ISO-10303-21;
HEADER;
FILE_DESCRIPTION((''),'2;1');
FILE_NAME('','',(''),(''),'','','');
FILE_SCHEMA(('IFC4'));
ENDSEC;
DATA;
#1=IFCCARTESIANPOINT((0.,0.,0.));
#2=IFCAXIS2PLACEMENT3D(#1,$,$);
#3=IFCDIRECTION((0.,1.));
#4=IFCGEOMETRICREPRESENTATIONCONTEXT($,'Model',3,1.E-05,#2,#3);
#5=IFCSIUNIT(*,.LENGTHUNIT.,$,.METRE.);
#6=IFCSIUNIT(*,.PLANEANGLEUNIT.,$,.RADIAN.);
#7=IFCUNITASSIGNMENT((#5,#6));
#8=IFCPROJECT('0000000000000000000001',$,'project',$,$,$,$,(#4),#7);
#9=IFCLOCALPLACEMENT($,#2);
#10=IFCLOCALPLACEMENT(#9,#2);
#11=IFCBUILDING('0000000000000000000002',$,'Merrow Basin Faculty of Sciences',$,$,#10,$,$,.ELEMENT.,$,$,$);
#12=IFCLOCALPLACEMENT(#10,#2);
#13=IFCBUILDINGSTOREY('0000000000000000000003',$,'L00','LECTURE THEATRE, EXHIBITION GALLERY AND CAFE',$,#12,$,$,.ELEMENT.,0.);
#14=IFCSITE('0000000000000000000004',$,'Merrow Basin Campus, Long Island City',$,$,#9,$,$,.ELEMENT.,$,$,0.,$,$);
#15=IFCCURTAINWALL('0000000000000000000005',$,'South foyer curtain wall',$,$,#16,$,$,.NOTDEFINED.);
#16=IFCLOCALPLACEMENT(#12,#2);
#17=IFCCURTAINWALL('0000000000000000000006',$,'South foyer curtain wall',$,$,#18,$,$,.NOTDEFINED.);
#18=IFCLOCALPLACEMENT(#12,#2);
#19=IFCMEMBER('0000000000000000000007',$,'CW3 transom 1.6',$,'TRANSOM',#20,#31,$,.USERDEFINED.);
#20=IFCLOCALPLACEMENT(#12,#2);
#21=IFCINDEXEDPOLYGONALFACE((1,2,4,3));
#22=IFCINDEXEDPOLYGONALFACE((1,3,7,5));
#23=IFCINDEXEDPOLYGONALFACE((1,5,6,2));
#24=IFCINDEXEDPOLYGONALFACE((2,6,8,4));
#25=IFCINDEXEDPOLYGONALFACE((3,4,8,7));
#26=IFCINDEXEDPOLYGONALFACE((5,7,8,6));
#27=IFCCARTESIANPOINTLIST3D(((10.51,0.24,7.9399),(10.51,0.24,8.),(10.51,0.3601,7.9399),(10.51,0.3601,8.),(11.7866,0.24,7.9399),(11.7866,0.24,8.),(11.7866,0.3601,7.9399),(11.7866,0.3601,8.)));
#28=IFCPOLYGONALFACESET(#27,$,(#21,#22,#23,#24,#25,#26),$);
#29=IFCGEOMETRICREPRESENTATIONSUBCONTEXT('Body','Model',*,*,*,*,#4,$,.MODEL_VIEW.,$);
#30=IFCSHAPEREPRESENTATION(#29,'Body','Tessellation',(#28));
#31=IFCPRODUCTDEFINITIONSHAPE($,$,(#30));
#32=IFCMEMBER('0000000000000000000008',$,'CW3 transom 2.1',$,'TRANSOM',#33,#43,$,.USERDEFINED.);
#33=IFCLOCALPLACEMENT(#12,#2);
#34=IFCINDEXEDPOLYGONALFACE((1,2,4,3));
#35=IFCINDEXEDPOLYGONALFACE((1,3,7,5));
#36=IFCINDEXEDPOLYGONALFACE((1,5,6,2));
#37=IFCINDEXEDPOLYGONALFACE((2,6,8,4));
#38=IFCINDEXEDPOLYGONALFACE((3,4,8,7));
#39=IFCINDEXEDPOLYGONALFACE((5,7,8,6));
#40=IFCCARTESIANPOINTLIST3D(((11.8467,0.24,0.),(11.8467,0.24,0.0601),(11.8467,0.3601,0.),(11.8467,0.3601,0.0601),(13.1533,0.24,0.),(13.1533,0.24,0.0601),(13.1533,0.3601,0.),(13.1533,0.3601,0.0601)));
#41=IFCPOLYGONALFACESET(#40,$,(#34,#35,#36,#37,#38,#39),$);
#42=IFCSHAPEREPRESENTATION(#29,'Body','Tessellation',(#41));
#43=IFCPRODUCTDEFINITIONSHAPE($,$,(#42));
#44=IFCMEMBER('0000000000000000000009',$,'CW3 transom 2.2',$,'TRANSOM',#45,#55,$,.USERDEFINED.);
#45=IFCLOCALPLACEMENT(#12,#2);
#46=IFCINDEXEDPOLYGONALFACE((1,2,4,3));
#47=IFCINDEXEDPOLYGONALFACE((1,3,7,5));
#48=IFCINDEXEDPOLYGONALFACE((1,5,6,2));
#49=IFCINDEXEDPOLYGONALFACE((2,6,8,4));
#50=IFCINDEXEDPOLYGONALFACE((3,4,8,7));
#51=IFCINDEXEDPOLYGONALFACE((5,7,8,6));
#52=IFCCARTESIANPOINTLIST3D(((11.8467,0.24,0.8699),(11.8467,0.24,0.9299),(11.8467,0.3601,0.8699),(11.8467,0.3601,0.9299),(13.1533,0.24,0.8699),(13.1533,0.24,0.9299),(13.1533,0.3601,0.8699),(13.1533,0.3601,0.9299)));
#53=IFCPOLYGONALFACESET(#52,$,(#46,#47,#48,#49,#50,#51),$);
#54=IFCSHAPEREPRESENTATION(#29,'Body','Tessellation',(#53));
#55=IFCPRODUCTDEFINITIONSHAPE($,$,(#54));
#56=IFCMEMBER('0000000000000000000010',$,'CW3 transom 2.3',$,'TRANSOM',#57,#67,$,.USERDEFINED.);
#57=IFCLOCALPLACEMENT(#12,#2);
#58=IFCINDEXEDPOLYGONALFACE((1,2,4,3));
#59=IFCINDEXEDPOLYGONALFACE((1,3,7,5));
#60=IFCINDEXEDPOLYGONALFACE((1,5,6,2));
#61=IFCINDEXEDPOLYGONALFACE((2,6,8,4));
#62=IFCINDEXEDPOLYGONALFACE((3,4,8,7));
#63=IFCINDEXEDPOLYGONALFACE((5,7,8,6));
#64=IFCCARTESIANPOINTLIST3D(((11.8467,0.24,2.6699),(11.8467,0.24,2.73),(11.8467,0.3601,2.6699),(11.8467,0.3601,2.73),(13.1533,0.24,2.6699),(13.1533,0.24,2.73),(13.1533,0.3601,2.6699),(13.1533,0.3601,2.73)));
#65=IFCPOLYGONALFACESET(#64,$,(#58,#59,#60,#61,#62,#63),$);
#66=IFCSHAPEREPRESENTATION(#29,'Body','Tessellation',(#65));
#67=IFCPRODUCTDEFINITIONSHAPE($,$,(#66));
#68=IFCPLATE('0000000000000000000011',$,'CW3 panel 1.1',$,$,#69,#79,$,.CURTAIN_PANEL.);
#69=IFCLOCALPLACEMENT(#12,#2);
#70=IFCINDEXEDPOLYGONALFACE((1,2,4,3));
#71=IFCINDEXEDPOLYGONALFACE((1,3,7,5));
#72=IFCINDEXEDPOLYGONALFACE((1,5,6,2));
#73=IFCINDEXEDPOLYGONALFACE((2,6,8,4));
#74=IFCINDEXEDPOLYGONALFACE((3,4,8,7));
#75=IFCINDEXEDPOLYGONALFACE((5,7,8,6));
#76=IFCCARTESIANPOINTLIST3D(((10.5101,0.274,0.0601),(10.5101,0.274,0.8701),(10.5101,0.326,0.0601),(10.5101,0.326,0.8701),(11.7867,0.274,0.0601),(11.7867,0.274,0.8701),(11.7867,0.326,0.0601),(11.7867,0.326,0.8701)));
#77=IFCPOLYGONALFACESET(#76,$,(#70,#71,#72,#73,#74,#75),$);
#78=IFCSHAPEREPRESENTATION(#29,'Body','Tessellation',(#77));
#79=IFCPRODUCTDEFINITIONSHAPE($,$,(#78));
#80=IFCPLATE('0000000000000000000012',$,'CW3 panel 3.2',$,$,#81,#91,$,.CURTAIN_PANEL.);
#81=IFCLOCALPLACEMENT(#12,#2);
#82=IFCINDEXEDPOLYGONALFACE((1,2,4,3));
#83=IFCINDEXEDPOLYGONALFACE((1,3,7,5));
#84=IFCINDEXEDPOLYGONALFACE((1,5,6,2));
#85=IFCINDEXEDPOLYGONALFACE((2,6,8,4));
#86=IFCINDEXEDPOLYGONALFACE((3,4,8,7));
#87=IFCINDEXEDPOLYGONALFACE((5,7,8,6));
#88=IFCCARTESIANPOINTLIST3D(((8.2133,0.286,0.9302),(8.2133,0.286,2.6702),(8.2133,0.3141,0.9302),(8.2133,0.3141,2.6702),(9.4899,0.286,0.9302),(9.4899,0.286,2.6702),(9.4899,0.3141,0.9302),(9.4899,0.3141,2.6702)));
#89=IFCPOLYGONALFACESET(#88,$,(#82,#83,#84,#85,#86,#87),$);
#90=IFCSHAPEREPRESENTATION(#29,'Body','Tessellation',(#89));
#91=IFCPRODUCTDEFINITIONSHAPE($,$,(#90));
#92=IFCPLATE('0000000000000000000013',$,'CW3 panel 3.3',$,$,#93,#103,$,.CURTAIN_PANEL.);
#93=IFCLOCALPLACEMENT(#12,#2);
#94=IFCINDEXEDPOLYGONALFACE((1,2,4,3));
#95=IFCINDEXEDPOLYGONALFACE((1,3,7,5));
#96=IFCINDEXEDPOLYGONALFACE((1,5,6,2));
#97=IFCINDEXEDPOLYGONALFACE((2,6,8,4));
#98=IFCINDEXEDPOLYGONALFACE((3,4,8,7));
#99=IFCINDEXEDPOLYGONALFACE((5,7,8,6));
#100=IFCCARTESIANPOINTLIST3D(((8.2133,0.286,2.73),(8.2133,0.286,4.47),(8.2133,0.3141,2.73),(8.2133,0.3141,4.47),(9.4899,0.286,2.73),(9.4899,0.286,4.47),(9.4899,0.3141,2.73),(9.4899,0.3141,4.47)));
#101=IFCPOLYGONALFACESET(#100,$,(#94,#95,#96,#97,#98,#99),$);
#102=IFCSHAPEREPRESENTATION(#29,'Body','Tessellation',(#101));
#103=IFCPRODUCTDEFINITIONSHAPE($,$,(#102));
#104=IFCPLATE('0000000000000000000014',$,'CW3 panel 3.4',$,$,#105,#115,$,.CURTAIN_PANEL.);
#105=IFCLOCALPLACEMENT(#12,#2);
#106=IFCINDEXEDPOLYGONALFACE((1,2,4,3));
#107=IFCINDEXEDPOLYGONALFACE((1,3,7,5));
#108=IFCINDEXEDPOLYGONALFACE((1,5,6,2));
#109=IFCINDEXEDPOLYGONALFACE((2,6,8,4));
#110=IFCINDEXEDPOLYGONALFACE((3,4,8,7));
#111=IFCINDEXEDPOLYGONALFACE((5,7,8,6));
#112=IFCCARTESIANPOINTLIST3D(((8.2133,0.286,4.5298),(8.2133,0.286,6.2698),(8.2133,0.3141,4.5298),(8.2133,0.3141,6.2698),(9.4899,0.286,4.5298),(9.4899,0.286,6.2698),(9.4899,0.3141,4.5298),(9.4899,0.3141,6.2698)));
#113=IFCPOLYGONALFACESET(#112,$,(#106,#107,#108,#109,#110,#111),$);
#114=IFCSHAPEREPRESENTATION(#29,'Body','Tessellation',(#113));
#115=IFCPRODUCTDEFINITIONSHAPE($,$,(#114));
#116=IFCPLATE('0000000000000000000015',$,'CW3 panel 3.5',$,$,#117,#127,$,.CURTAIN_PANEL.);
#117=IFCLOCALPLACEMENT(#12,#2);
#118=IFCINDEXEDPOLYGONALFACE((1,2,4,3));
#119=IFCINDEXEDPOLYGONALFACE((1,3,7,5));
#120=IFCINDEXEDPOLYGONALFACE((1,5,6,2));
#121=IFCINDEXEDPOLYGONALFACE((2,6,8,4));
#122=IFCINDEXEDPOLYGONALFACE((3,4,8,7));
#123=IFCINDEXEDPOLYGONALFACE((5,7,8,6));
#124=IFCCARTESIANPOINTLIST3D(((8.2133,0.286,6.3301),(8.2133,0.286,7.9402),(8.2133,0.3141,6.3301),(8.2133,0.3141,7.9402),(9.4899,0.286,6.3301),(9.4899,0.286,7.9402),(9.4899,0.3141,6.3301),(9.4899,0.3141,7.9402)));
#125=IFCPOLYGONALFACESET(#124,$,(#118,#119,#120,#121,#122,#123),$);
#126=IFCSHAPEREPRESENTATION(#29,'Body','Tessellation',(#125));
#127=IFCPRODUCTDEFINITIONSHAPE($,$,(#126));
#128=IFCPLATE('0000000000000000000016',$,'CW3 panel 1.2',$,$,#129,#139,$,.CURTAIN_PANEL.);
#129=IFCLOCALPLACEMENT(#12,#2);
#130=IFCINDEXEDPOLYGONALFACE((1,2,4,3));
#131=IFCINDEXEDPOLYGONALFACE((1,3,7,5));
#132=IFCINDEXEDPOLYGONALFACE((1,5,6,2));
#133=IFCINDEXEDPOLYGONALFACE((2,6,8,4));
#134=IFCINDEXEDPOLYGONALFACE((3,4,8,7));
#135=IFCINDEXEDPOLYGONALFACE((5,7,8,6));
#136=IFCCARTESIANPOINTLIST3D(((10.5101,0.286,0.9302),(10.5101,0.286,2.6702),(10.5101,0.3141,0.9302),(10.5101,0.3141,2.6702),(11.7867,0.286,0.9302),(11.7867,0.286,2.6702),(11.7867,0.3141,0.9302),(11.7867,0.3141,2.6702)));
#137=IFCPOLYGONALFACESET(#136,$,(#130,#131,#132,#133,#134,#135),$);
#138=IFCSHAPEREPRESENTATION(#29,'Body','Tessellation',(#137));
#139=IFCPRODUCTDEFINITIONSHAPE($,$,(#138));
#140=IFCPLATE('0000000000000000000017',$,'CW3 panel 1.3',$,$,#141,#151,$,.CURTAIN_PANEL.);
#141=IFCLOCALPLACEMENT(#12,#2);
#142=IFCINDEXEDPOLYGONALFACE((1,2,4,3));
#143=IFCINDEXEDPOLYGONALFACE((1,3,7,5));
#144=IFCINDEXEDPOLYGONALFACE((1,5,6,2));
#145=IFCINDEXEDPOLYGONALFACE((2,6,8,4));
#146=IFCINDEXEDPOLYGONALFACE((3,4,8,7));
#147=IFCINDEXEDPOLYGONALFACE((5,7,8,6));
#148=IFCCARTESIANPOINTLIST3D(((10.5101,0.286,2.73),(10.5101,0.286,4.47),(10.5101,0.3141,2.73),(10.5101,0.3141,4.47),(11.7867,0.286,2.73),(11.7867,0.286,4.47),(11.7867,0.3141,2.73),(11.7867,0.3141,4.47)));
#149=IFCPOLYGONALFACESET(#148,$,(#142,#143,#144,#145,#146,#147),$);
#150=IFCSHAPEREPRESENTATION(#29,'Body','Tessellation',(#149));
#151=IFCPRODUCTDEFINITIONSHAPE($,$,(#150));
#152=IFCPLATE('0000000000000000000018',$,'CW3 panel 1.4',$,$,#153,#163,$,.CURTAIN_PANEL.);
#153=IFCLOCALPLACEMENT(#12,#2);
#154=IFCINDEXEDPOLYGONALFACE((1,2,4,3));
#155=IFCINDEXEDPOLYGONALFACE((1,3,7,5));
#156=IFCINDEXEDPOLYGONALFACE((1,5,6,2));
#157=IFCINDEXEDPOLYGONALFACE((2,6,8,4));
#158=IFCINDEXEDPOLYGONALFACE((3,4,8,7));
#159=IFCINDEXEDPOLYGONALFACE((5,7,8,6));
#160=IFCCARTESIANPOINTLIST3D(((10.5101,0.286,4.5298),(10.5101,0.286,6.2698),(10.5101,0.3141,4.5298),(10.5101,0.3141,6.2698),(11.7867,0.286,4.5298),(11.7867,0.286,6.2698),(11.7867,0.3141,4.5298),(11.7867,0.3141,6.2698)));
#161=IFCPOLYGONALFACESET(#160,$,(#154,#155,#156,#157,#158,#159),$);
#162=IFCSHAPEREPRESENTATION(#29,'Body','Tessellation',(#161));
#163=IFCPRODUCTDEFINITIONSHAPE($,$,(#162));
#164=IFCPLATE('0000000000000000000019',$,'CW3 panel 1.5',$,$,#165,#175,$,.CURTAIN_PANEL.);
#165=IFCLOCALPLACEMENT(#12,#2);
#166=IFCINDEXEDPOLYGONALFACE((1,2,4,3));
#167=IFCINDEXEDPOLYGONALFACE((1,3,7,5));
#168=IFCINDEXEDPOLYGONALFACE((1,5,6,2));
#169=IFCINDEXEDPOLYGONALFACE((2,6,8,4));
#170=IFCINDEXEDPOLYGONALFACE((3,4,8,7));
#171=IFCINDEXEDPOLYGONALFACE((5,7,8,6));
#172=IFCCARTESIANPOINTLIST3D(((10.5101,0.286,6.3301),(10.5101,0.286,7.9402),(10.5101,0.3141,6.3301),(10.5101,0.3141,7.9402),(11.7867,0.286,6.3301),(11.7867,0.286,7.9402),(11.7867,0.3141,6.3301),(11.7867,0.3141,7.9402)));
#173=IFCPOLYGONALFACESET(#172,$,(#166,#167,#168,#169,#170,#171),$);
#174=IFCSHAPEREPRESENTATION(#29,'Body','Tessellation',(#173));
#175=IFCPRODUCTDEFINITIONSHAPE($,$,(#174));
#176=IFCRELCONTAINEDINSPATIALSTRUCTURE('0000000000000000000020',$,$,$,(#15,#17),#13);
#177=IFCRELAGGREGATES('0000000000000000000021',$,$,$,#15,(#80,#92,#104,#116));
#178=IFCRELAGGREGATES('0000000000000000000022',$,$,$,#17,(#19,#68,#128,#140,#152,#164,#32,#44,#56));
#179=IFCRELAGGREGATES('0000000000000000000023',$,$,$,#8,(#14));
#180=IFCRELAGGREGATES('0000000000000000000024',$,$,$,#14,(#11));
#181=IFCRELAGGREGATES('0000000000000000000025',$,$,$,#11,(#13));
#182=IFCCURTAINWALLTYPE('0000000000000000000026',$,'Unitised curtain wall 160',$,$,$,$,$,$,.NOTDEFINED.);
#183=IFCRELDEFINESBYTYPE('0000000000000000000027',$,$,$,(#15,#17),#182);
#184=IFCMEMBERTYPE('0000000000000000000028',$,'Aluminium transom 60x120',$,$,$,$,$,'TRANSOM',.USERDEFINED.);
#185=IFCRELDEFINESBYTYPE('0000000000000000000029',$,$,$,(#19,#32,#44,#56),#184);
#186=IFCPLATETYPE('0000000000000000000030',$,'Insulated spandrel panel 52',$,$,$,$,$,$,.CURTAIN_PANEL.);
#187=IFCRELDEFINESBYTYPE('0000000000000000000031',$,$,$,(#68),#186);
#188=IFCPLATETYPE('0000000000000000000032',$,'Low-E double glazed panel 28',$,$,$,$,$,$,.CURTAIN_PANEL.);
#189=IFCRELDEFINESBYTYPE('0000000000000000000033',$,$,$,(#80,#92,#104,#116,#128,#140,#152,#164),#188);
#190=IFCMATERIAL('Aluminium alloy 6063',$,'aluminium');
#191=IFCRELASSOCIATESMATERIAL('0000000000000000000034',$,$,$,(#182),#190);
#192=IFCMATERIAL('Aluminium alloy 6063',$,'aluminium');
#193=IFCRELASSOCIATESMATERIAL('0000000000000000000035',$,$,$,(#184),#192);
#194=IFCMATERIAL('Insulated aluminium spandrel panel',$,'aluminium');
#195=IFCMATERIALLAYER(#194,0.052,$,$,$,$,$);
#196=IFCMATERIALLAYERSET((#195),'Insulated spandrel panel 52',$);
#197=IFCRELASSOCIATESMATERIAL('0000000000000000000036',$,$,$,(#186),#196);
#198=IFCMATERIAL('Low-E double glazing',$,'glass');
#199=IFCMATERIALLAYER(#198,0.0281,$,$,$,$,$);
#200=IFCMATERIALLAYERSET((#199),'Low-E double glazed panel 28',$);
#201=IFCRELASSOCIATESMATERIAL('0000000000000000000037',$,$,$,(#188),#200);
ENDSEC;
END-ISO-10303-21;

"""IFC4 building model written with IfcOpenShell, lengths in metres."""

from ifc_helpers import new_model, si_unit, direction, frame, origin, origin_2d, place, context, subcontext, project, spatial, rectangle, extrude, material, layer, layer_set, material_profile, profile_set, type_object, element, aggregate, save


model = new_model("IFC4")

# Units and contexts
model_context = context("Model", 3, precision=1e-05, world=origin(), true_north=direction((0.0, 1.0)))
body_context = subcontext(model_context, "Body", "Model", "MODEL_VIEW")
ifc_project = project(units=[si_unit("LENGTHUNIT", "METRE"), si_unit("PLANEANGLEUNIT", "RADIAN")], contexts=[model_context])

# Site, building, storey
site_placement = place(None, origin())
site = spatial("IfcSite", under=ifc_project, at=site_placement, Name="Merrow Basin Campus, Long Island City", CompositionType="ELEMENT", RefElevation=0.0)
building_placement = place(site_placement, origin())
building = spatial("IfcBuilding", under=site, at=building_placement, Name="Merrow Basin Faculty of Sciences", CompositionType="ELEMENT")
storey_placement = place(building_placement, origin())
storey = spatial("IfcBuildingStorey", under=building, at=storey_placement, Name="L00", Description="LECTURE THEATRE, EXHIBITION GALLERY AND CAFE", CompositionType="ELEMENT", Elevation=0.0)

# Curtain wall
ifc_material_1 = material(Name="Aluminium alloy 6063", Category="aluminium")
curtain_wall_type = type_object("IfcCurtainWallType", Name="Unitised curtain wall 160", PredefinedType="NOTDEFINED", material=ifc_material_1)
curtain_wall_1_placement = place(storey_placement, origin())
curtain_wall_1 = element("IfcCurtainWall", 1, at=curtain_wall_1_placement, inside=storey, type_object=curtain_wall_type, Name="South foyer curtain wall", PredefinedType="NOTDEFINED")

# Curtain wall, members, plate
curtain_wall_2_placement = place(storey_placement, origin())
curtain_wall_2 = element("IfcCurtainWall", 2, at=curtain_wall_2_placement, inside=storey, type_object=curtain_wall_type, Name="South foyer curtain wall", PredefinedType="NOTDEFINED")
ifc_material_2 = material(Name="Aluminium alloy 6063", Category="aluminium")
ifc_material_profile_1 = material_profile(ifc_material_2, rectangle(XDim=0.1201, YDim=0.0601, at=origin_2d()))
ifc_profile_set_1 = profile_set([ifc_material_profile_1], Name="Aluminium alloy 6063")
member_type_1 = type_object("IfcMemberType", Name="Aluminium transom 60x120", ElementType="TRANSOM", PredefinedType="USERDEFINED", material=ifc_profile_set_1)
member_1_placement = place(storey_placement, frame((10.51, 0.3, 7.97), z_axis=(1.0, 0.0, 0.0), x_axis=(0.0, 1.0, 0.0)))
member_1 = element("IfcMember", 3, at=member_1_placement, type_object=member_type_1, Name="CW3 transom 1.6", ObjectType="TRANSOM", PredefinedType="USERDEFINED", context=body_context, shape_type="SweptSolid", body=[
    extrude(rectangle(XDim=0.1201, YDim=0.0601, at=origin_2d()), origin(), (0.0, 0.0, 1.0), 1.2766),
])
member_2_placement = place(storey_placement, frame((11.8467, 0.3, 0.03), z_axis=(1.0, 0.0, 0.0), x_axis=(0.0, 1.0, 0.0)))
member_2 = element("IfcMember", 4, at=member_2_placement, type_object=member_type_1, Name="CW3 transom 2.1", ObjectType="TRANSOM", PredefinedType="USERDEFINED", context=body_context, shape_type="SweptSolid", body=[
    extrude(rectangle(XDim=0.1201, YDim=0.0601, at=origin_2d()), origin(), (0.0, 0.0, 1.0), 1.3066),
])
member_3_placement = place(storey_placement, frame((11.8467, 0.3, 0.8999), z_axis=(1.0, 0.0, 0.0), x_axis=(0.0, 1.0, 0.0)))
member_3 = element("IfcMember", 5, at=member_3_placement, type_object=member_type_1, Name="CW3 transom 2.2", ObjectType="TRANSOM", PredefinedType="USERDEFINED", context=body_context, shape_type="SweptSolid", body=[
    extrude(rectangle(XDim=0.1201, YDim=0.0601, at=origin_2d()), origin(), (0.0, 0.0, 1.0), 1.3066),
])
member_4_placement = place(storey_placement, frame((11.8467, 0.3, 2.7), z_axis=(1.0, 0.0, 0.0), x_axis=(0.0, 1.0, 0.0)))
member_4 = element("IfcMember", 6, at=member_4_placement, type_object=member_type_1, Name="CW3 transom 2.3", ObjectType="TRANSOM", PredefinedType="USERDEFINED", context=body_context, shape_type="SweptSolid", body=[
    extrude(rectangle(XDim=0.1201, YDim=0.0601, at=origin_2d()), origin(), (0.0, 0.0, 1.0), 1.3066),
])
ifc_material_3 = material(Name="Insulated aluminium spandrel panel", Category="aluminium")
ifc_layer_1 = layer(ifc_material_3, 0.052)
ifc_layer_set_1 = layer_set([ifc_layer_1], Name="Insulated spandrel panel 52")
plate_type_1 = type_object("IfcPlateType", Name="Insulated spandrel panel 52", PredefinedType="CURTAIN_PANEL", material=ifc_layer_set_1)
plate_1_placement = place(storey_placement, frame((11.1484, 0.3, 0.0601), z_axis=(0.0, 0.0, 1.0), x_axis=(1.0, 0.0, 0.0)))
plate_1 = element("IfcPlate", 7, at=plate_1_placement, type_object=plate_type_1, Name="CW3 panel 1.1", PredefinedType="CURTAIN_PANEL", context=body_context, shape_type="SweptSolid", body=[
    extrude(rectangle(XDim=1.2766, YDim=0.052, at=origin_2d()), origin(), (0.0, 0.0, 1.0), 0.8101),
])

# Plates
ifc_material_4 = material(Name="Low-E double glazing", Category="glass")
ifc_layer_2 = layer(ifc_material_4, 0.0281)
ifc_layer_set_2 = layer_set([ifc_layer_2], Name="Low-E double glazed panel 28")
plate_type_2 = type_object("IfcPlateType", Name="Low-E double glazed panel 28", PredefinedType="CURTAIN_PANEL", material=ifc_layer_set_2)
plate_2_placement = place(storey_placement, frame((8.8516, 0.3, 0.9302), z_axis=(0.0, 0.0, 1.0), x_axis=(1.0, 0.0, 0.0)))
plate_2 = element("IfcPlate", 8, at=plate_2_placement, type_object=plate_type_2, Name="CW3 panel 3.2", PredefinedType="CURTAIN_PANEL", context=body_context, shape_type="SweptSolid", body=[
    extrude(rectangle(XDim=1.2766, YDim=0.0281, at=origin_2d()), origin(), (0.0, 0.0, 1.0), 1.74),
])
plate_3_placement = place(storey_placement, frame((8.8516, 0.3, 2.73), z_axis=(0.0, 0.0, 1.0), x_axis=(1.0, 0.0, 0.0)))
plate_3 = element("IfcPlate", 9, at=plate_3_placement, type_object=plate_type_2, Name="CW3 panel 3.3", PredefinedType="CURTAIN_PANEL", context=body_context, shape_type="SweptSolid", body=[
    extrude(rectangle(XDim=1.2766, YDim=0.0281, at=origin_2d()), origin(), (0.0, 0.0, 1.0), 1.74),
])
plate_4_placement = place(storey_placement, frame((8.8516, 0.3, 4.5298), z_axis=(0.0, 0.0, 1.0), x_axis=(1.0, 0.0, 0.0)))
plate_4 = element("IfcPlate", 10, at=plate_4_placement, type_object=plate_type_2, Name="CW3 panel 3.4", PredefinedType="CURTAIN_PANEL", context=body_context, shape_type="SweptSolid", body=[
    extrude(rectangle(XDim=1.2766, YDim=0.0281, at=origin_2d()), origin(), (0.0, 0.0, 1.0), 1.74),
])
plate_5_placement = place(storey_placement, frame((8.8516, 0.3, 6.3301), z_axis=(0.0, 0.0, 1.0), x_axis=(1.0, 0.0, 0.0)))
plate_5 = element("IfcPlate", 11, at=plate_5_placement, type_object=plate_type_2, Name="CW3 panel 3.5", PredefinedType="CURTAIN_PANEL", context=body_context, shape_type="SweptSolid", body=[
    extrude(rectangle(XDim=1.2766, YDim=0.0281, at=origin_2d()), origin(), (0.0, 0.0, 1.0), 1.6101),
])
aggregate(curtain_wall_1, [plate_2, plate_3, plate_4, plate_5])
plate_6_placement = place(storey_placement, frame((11.1484, 0.3, 0.9302), z_axis=(0.0, 0.0, 1.0), x_axis=(1.0, 0.0, 0.0)))
plate_6 = element("IfcPlate", 12, at=plate_6_placement, type_object=plate_type_2, Name="CW3 panel 1.2", PredefinedType="CURTAIN_PANEL", context=body_context, shape_type="SweptSolid", body=[
    extrude(rectangle(XDim=1.2766, YDim=0.0281, at=origin_2d()), origin(), (0.0, 0.0, 1.0), 1.74),
])
plate_7_placement = place(storey_placement, frame((11.1484, 0.3, 2.73), z_axis=(0.0, 0.0, 1.0), x_axis=(1.0, 0.0, 0.0)))
plate_7 = element("IfcPlate", 13, at=plate_7_placement, type_object=plate_type_2, Name="CW3 panel 1.3", PredefinedType="CURTAIN_PANEL", context=body_context, shape_type="SweptSolid", body=[
    extrude(rectangle(XDim=1.2766, YDim=0.0281, at=origin_2d()), origin(), (0.0, 0.0, 1.0), 1.74),
])
plate_8_placement = place(storey_placement, frame((11.1484, 0.3, 4.5298), z_axis=(0.0, 0.0, 1.0), x_axis=(1.0, 0.0, 0.0)))
plate_8 = element("IfcPlate", 14, at=plate_8_placement, type_object=plate_type_2, Name="CW3 panel 1.4", PredefinedType="CURTAIN_PANEL", context=body_context, shape_type="SweptSolid", body=[
    extrude(rectangle(XDim=1.2766, YDim=0.0281, at=origin_2d()), origin(), (0.0, 0.0, 1.0), 1.74),
])
plate_9_placement = place(storey_placement, frame((11.1484, 0.3, 6.3301), z_axis=(0.0, 0.0, 1.0), x_axis=(1.0, 0.0, 0.0)))
plate_9 = element("IfcPlate", 15, at=plate_9_placement, type_object=plate_type_2, Name="CW3 panel 1.5", PredefinedType="CURTAIN_PANEL", context=body_context, shape_type="SweptSolid", body=[
    extrude(rectangle(XDim=1.2766, YDim=0.0281, at=origin_2d()), origin(), (0.0, 0.0, 1.0), 1.6101),
])
aggregate(curtain_wall_2, [member_1, plate_1, plate_6, plate_7, plate_8, plate_9, member_2, member_3, member_4])

save(model, "model.ifc")
